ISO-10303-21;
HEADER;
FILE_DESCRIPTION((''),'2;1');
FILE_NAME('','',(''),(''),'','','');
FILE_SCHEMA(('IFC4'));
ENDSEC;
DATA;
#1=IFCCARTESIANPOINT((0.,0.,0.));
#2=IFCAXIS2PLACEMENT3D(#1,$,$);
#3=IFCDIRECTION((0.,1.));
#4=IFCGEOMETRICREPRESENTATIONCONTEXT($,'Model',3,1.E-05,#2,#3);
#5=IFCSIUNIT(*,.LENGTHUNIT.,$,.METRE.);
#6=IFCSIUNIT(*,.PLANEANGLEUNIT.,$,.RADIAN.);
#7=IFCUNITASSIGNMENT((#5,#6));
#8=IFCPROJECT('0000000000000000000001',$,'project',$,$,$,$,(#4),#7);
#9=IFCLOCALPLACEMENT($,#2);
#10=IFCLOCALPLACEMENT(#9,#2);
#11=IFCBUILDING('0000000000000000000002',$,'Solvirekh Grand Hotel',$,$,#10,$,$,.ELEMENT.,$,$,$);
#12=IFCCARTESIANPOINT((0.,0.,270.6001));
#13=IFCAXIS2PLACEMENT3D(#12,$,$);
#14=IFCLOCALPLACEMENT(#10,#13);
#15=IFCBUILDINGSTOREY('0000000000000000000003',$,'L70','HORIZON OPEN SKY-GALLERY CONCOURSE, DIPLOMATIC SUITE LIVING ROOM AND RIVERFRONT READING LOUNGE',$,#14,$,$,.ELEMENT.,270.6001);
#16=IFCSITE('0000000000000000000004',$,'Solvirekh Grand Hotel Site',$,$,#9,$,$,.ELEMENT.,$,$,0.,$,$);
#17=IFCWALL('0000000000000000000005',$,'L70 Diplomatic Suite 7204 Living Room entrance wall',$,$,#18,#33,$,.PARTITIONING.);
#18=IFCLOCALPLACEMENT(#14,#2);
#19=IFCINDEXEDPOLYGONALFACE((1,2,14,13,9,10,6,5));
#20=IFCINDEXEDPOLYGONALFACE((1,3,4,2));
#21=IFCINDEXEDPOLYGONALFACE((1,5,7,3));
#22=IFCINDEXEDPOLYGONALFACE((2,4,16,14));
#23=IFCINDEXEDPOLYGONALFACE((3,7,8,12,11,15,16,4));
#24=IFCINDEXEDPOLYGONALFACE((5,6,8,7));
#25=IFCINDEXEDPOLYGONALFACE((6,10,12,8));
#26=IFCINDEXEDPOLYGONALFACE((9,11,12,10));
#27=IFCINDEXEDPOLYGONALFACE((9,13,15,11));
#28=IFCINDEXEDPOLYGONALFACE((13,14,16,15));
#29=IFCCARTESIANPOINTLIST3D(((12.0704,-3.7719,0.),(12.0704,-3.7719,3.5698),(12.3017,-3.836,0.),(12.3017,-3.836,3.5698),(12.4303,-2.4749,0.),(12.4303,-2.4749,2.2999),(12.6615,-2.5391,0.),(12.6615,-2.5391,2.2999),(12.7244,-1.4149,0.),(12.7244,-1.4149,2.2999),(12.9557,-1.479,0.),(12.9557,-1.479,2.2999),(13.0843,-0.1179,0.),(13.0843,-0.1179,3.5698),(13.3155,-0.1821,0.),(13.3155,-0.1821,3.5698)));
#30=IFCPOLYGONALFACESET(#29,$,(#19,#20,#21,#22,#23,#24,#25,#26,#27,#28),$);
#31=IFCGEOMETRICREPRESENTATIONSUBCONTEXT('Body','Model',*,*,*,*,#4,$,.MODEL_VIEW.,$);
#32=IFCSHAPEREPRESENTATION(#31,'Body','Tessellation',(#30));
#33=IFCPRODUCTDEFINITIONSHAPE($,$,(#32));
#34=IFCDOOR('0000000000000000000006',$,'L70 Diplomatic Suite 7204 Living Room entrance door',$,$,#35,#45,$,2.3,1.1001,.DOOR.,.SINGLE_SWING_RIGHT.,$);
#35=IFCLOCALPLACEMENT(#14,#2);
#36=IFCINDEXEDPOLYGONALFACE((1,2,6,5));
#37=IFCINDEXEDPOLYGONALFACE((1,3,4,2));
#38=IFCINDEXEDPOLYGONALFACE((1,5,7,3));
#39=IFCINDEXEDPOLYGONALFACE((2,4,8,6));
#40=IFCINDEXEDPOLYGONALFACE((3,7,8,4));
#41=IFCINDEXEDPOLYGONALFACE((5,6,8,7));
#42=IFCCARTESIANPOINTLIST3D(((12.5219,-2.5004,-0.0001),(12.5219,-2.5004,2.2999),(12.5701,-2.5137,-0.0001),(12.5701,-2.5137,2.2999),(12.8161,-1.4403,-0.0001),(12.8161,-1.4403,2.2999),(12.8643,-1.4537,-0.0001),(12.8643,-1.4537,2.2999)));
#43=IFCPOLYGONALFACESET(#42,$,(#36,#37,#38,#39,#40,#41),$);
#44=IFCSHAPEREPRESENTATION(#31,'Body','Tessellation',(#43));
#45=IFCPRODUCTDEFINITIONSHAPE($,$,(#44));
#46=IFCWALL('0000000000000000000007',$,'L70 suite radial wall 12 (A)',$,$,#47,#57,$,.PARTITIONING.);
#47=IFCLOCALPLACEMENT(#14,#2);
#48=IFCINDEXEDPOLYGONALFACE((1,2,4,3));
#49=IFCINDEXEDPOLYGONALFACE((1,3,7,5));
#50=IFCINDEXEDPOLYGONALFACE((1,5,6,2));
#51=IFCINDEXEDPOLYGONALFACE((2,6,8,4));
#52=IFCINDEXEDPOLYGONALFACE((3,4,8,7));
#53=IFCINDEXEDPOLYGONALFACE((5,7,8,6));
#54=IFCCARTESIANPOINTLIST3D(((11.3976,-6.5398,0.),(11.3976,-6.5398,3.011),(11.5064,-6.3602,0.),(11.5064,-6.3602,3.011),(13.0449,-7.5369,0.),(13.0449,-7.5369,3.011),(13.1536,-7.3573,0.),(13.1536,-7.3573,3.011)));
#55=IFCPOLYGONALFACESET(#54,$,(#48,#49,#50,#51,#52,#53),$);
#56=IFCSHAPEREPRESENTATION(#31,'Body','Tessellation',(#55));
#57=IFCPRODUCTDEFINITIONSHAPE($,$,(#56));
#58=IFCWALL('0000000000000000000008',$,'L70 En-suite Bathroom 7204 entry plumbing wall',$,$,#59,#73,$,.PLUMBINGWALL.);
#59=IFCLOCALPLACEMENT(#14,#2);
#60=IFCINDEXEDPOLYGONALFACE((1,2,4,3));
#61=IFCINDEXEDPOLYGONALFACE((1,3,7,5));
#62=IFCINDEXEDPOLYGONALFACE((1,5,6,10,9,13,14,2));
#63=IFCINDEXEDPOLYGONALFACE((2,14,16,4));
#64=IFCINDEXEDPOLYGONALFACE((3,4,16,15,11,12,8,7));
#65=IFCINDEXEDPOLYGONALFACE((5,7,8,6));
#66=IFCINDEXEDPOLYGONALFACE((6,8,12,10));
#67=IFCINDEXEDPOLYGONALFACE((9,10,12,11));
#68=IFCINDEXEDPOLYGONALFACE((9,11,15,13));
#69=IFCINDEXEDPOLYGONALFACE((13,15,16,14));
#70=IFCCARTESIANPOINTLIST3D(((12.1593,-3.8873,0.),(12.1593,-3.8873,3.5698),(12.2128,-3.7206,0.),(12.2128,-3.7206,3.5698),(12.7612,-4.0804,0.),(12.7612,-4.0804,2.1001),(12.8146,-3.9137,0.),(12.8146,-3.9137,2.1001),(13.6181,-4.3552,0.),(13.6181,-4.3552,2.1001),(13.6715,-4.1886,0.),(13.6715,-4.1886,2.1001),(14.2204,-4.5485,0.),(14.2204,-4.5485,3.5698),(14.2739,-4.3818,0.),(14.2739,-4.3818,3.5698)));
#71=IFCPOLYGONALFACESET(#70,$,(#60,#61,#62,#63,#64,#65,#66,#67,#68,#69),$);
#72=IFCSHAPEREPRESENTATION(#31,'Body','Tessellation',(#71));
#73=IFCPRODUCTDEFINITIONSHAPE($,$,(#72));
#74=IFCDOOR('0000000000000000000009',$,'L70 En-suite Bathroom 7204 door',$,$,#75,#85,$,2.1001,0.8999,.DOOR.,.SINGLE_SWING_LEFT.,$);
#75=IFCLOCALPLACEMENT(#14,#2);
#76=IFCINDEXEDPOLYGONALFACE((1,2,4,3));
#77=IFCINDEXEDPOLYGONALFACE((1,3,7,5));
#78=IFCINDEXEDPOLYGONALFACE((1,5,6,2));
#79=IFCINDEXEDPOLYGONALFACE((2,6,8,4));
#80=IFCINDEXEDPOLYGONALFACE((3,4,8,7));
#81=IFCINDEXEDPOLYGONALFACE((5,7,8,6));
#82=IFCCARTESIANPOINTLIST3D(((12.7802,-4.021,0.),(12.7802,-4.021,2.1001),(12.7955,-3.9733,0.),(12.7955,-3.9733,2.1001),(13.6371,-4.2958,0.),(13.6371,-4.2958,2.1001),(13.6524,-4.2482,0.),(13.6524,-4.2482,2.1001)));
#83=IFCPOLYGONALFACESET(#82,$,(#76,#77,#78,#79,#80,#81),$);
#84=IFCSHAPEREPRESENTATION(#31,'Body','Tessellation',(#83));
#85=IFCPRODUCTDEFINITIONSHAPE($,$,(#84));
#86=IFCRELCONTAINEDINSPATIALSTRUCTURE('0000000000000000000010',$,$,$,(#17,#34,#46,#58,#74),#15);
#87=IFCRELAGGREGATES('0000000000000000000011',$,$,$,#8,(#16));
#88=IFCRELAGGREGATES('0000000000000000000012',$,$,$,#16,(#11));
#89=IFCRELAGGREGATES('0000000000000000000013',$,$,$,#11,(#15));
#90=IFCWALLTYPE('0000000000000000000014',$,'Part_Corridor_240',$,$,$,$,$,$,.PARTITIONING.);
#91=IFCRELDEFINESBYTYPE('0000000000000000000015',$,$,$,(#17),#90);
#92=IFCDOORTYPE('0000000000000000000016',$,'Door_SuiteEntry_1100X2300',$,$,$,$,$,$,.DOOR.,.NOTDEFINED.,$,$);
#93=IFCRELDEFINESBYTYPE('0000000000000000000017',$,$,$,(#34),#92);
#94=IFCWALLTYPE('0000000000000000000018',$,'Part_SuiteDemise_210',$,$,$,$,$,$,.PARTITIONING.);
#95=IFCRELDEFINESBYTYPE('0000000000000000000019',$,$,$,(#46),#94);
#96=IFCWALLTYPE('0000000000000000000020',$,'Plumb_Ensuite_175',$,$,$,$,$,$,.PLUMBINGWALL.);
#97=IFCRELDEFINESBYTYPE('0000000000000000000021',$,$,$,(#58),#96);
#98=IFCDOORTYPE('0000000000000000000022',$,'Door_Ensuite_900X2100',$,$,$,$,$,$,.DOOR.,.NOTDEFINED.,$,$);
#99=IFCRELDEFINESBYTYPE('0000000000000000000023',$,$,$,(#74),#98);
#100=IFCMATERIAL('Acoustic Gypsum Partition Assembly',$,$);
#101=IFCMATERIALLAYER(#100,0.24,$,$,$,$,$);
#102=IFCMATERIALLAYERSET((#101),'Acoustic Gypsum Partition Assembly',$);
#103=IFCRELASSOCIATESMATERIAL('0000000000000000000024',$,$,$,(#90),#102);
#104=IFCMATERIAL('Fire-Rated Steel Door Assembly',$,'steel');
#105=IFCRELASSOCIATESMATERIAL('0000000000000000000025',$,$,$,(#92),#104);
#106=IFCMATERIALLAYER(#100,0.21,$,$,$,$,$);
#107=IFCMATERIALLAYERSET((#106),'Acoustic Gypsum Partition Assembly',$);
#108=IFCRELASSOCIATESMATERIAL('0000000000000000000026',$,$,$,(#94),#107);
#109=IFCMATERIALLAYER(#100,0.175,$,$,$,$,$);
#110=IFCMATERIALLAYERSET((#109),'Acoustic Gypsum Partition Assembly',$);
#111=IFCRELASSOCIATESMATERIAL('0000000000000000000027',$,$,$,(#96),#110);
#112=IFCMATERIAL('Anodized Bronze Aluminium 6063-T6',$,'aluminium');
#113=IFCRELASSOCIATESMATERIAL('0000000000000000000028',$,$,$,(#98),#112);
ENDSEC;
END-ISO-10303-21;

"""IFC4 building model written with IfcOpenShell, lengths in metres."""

from ifc_helpers import new_model, si_unit, direction, frame, frame_2d, origin, place, context, subcontext, project, spatial, rectangle, extrude, material, layer, layer_set, type_object, element, fill, save


model = new_model("IFC4")

# Units and contexts
model_context = context("Model", 3, precision=1e-05, world=origin(), true_north=direction((0.0, 1.0)))
body_context = subcontext(model_context, "Body", "Model", "MODEL_VIEW")
ifc_project = project(units=[si_unit("LENGTHUNIT", "METRE"), si_unit("PLANEANGLEUNIT", "RADIAN")], contexts=[model_context])

# Site, building, storey
site_placement = place(None, origin())
site = spatial("IfcSite", under=ifc_project, at=site_placement, Name="Solvirekh Grand Hotel Site", CompositionType="ELEMENT", RefElevation=0.0)
building_placement = place(site_placement, origin())
building = spatial("IfcBuilding", under=site, at=building_placement, Name="Solvirekh Grand Hotel", CompositionType="ELEMENT")
storey_placement = place(building_placement, frame((0.0, 0.0, 270.6001)))
storey = spatial("IfcBuildingStorey", under=building, at=storey_placement, Name="L70", Description="HORIZON OPEN SKY-GALLERY CONCOURSE, DIPLOMATIC SUITE LIVING ROOM AND RIVERFRONT READING LOUNGE", CompositionType="ELEMENT", Elevation=270.6001)

# Shared definitions
ifc_material_1 = material(Name="Acoustic Gypsum Partition Assembly")
ifc_layer_1 = layer(ifc_material_1, 0.24)
ifc_layer_set_1 = layer_set([ifc_layer_1], Name="Acoustic Gypsum Partition Assembly")
wall_type_1 = type_object("IfcWallType", Name="Part_Corridor_240", PredefinedType="PARTITIONING", material=ifc_layer_set_1)
ifc_material_2 = material(Name="Fire-Rated Steel Door Assembly", Category="steel")

# Wall, opening, door
wall_1_placement = place(storey_placement, frame((12.186, -3.804, 0.0), z_axis=(0.0, 0.0, 1.0), x_axis=(0.267375, 0.963593, 0.0)))
wall_1 = element("IfcWall", 1, at=wall_1_placement, inside=storey, type_object=wall_type_1, Name="L70 Diplomatic Suite 7204 Living Room entrance wall", PredefinedType="PARTITIONING", context=body_context, shape_type="SweptSolid", body=[
    extrude(rectangle(XDim=3.792, YDim=0.24, at=frame_2d((1.896, 0.0))), origin(), (0.0, 0.0, 1.0), 3.5698),
])
opening_1_placement = place(wall_1_placement, frame((1.3459, 0.0, 0.0)))
opening_1 = element("IfcOpeningElement", 2, at=opening_1_placement, cuts=wall_1, PredefinedType="OPENING", context=body_context, shape_type="SweptSolid", body=[
    extrude(rectangle(XDim=1.1001, YDim=2.3, at=frame_2d((0.55, 1.1499))), frame((0.0, 0.1299, 0.0), z_axis=(0.0, -1.0, 0.0), x_axis=(1.0, 0.0, 0.0)), (0.0, 0.0, 1.0), 0.26),
])
door_type_1 = type_object("IfcDoorType", Name="Door_SuiteEntry_1100X2300", OperationType="NOTDEFINED", PredefinedType="DOOR", material=ifc_material_2)
door_1_placement = place(opening_1_placement, origin())
door_1 = element("IfcDoor", 3, at=door_1_placement, inside=storey, type_object=door_type_1, Name="L70 Diplomatic Suite 7204 Living Room entrance door", OperationType="SINGLE_SWING_RIGHT", OverallHeight=2.3, OverallWidth=1.1001, PredefinedType="DOOR", context=body_context, shape_type="SweptSolid", body=[
    extrude(rectangle(XDim=1.1001, YDim=2.3, at=frame_2d((0.55, 1.1499))), frame((0.0, 0.0249, 0.0), z_axis=(0.0, -1.0, 0.0), x_axis=(1.0, 0.0, 0.0)), (0.0, 0.0, 1.0), 0.05),
])
fill(opening_1, door_1)

# Wall
ifc_layer_2 = layer(ifc_material_1, 0.21)
ifc_layer_set_2 = layer_set([ifc_layer_2], Name="Acoustic Gypsum Partition Assembly")
wall_type_2 = type_object("IfcWallType", Name="Part_SuiteDemise_210", PredefinedType="PARTITIONING", material=ifc_layer_set_2)
wall_2_placement = place(storey_placement, frame((11.4519, -6.45, 0.0), z_axis=(0.0, 0.0, 1.0), x_axis=(0.855484, -0.51783, 0.0)))
element("IfcWall", 4, at=wall_2_placement, inside=storey, type_object=wall_type_2, Name="L70 suite radial wall 12 (A)", PredefinedType="PARTITIONING", context=body_context, shape_type="SweptSolid", body=[
    extrude(rectangle(XDim=1.9255, YDim=0.21, at=frame_2d((0.9629, 0.0))), origin(), (0.0, 0.0, 1.0), 3.011),
])

# Wall, opening, door
ifc_layer_3 = layer(ifc_material_1, 0.175)
ifc_layer_set_3 = layer_set([ifc_layer_3], Name="Acoustic Gypsum Partition Assembly")
wall_type_3 = type_object("IfcWallType", Name="Plumb_Ensuite_175", PredefinedType="PLUMBINGWALL", material=ifc_layer_set_3)
wall_3_placement = place(storey_placement, frame((12.186, -3.804, 0.0), z_axis=(0.0, 0.0, 1.0), x_axis=(0.952209, -0.305447, 0.0)))
wall_3 = element("IfcWall", 5, at=wall_3_placement, inside=storey, type_object=wall_type_3, Name="L70 En-suite Bathroom 7204 entry plumbing wall", PredefinedType="PLUMBINGWALL", context=body_context, shape_type="SweptSolid", body=[
    extrude(rectangle(XDim=2.1646, YDim=0.175, at=frame_2d((1.0823, 0.0))), origin(), (0.0, 0.0, 1.0), 3.5698),
])
opening_2_placement = place(wall_3_placement, frame((0.6321, 0.0, 0.0)))
opening_2 = element("IfcOpeningElement", 6, at=opening_2_placement, cuts=wall_3, PredefinedType="OPENING", context=body_context, shape_type="SweptSolid", body=[
    extrude(rectangle(XDim=0.8999, YDim=2.1001, at=frame_2d((0.45, 1.05))), frame((0.0, 0.0977, 0.0), z_axis=(0.0, -1.0, 0.0), x_axis=(1.0, 0.0, 0.0)), (0.0, 0.0, 1.0), 0.1951),
])
ifc_material_3 = material(Name="Anodized Bronze Aluminium 6063-T6", Category="aluminium")
door_type_2 = type_object("IfcDoorType", Name="Door_Ensuite_900X2100", OperationType="NOTDEFINED", PredefinedType="DOOR", material=ifc_material_3)
door_2_placement = place(opening_2_placement, origin())
door_2 = element("IfcDoor", 7, at=door_2_placement, inside=storey, type_object=door_type_2, Name="L70 En-suite Bathroom 7204 door", OperationType="SINGLE_SWING_LEFT", OverallHeight=2.1001, OverallWidth=0.8999, PredefinedType="DOOR", context=body_context, shape_type="SweptSolid", body=[
    extrude(rectangle(XDim=0.8999, YDim=2.1001, at=frame_2d((0.45, 1.05))), frame((0.0, 0.0249, 0.0), z_axis=(0.0, -1.0, 0.0), x_axis=(1.0, 0.0, 0.0)), (0.0, 0.0, 1.0), 0.05),
])
fill(opening_2, door_2)

save(model, "model.ifc")
